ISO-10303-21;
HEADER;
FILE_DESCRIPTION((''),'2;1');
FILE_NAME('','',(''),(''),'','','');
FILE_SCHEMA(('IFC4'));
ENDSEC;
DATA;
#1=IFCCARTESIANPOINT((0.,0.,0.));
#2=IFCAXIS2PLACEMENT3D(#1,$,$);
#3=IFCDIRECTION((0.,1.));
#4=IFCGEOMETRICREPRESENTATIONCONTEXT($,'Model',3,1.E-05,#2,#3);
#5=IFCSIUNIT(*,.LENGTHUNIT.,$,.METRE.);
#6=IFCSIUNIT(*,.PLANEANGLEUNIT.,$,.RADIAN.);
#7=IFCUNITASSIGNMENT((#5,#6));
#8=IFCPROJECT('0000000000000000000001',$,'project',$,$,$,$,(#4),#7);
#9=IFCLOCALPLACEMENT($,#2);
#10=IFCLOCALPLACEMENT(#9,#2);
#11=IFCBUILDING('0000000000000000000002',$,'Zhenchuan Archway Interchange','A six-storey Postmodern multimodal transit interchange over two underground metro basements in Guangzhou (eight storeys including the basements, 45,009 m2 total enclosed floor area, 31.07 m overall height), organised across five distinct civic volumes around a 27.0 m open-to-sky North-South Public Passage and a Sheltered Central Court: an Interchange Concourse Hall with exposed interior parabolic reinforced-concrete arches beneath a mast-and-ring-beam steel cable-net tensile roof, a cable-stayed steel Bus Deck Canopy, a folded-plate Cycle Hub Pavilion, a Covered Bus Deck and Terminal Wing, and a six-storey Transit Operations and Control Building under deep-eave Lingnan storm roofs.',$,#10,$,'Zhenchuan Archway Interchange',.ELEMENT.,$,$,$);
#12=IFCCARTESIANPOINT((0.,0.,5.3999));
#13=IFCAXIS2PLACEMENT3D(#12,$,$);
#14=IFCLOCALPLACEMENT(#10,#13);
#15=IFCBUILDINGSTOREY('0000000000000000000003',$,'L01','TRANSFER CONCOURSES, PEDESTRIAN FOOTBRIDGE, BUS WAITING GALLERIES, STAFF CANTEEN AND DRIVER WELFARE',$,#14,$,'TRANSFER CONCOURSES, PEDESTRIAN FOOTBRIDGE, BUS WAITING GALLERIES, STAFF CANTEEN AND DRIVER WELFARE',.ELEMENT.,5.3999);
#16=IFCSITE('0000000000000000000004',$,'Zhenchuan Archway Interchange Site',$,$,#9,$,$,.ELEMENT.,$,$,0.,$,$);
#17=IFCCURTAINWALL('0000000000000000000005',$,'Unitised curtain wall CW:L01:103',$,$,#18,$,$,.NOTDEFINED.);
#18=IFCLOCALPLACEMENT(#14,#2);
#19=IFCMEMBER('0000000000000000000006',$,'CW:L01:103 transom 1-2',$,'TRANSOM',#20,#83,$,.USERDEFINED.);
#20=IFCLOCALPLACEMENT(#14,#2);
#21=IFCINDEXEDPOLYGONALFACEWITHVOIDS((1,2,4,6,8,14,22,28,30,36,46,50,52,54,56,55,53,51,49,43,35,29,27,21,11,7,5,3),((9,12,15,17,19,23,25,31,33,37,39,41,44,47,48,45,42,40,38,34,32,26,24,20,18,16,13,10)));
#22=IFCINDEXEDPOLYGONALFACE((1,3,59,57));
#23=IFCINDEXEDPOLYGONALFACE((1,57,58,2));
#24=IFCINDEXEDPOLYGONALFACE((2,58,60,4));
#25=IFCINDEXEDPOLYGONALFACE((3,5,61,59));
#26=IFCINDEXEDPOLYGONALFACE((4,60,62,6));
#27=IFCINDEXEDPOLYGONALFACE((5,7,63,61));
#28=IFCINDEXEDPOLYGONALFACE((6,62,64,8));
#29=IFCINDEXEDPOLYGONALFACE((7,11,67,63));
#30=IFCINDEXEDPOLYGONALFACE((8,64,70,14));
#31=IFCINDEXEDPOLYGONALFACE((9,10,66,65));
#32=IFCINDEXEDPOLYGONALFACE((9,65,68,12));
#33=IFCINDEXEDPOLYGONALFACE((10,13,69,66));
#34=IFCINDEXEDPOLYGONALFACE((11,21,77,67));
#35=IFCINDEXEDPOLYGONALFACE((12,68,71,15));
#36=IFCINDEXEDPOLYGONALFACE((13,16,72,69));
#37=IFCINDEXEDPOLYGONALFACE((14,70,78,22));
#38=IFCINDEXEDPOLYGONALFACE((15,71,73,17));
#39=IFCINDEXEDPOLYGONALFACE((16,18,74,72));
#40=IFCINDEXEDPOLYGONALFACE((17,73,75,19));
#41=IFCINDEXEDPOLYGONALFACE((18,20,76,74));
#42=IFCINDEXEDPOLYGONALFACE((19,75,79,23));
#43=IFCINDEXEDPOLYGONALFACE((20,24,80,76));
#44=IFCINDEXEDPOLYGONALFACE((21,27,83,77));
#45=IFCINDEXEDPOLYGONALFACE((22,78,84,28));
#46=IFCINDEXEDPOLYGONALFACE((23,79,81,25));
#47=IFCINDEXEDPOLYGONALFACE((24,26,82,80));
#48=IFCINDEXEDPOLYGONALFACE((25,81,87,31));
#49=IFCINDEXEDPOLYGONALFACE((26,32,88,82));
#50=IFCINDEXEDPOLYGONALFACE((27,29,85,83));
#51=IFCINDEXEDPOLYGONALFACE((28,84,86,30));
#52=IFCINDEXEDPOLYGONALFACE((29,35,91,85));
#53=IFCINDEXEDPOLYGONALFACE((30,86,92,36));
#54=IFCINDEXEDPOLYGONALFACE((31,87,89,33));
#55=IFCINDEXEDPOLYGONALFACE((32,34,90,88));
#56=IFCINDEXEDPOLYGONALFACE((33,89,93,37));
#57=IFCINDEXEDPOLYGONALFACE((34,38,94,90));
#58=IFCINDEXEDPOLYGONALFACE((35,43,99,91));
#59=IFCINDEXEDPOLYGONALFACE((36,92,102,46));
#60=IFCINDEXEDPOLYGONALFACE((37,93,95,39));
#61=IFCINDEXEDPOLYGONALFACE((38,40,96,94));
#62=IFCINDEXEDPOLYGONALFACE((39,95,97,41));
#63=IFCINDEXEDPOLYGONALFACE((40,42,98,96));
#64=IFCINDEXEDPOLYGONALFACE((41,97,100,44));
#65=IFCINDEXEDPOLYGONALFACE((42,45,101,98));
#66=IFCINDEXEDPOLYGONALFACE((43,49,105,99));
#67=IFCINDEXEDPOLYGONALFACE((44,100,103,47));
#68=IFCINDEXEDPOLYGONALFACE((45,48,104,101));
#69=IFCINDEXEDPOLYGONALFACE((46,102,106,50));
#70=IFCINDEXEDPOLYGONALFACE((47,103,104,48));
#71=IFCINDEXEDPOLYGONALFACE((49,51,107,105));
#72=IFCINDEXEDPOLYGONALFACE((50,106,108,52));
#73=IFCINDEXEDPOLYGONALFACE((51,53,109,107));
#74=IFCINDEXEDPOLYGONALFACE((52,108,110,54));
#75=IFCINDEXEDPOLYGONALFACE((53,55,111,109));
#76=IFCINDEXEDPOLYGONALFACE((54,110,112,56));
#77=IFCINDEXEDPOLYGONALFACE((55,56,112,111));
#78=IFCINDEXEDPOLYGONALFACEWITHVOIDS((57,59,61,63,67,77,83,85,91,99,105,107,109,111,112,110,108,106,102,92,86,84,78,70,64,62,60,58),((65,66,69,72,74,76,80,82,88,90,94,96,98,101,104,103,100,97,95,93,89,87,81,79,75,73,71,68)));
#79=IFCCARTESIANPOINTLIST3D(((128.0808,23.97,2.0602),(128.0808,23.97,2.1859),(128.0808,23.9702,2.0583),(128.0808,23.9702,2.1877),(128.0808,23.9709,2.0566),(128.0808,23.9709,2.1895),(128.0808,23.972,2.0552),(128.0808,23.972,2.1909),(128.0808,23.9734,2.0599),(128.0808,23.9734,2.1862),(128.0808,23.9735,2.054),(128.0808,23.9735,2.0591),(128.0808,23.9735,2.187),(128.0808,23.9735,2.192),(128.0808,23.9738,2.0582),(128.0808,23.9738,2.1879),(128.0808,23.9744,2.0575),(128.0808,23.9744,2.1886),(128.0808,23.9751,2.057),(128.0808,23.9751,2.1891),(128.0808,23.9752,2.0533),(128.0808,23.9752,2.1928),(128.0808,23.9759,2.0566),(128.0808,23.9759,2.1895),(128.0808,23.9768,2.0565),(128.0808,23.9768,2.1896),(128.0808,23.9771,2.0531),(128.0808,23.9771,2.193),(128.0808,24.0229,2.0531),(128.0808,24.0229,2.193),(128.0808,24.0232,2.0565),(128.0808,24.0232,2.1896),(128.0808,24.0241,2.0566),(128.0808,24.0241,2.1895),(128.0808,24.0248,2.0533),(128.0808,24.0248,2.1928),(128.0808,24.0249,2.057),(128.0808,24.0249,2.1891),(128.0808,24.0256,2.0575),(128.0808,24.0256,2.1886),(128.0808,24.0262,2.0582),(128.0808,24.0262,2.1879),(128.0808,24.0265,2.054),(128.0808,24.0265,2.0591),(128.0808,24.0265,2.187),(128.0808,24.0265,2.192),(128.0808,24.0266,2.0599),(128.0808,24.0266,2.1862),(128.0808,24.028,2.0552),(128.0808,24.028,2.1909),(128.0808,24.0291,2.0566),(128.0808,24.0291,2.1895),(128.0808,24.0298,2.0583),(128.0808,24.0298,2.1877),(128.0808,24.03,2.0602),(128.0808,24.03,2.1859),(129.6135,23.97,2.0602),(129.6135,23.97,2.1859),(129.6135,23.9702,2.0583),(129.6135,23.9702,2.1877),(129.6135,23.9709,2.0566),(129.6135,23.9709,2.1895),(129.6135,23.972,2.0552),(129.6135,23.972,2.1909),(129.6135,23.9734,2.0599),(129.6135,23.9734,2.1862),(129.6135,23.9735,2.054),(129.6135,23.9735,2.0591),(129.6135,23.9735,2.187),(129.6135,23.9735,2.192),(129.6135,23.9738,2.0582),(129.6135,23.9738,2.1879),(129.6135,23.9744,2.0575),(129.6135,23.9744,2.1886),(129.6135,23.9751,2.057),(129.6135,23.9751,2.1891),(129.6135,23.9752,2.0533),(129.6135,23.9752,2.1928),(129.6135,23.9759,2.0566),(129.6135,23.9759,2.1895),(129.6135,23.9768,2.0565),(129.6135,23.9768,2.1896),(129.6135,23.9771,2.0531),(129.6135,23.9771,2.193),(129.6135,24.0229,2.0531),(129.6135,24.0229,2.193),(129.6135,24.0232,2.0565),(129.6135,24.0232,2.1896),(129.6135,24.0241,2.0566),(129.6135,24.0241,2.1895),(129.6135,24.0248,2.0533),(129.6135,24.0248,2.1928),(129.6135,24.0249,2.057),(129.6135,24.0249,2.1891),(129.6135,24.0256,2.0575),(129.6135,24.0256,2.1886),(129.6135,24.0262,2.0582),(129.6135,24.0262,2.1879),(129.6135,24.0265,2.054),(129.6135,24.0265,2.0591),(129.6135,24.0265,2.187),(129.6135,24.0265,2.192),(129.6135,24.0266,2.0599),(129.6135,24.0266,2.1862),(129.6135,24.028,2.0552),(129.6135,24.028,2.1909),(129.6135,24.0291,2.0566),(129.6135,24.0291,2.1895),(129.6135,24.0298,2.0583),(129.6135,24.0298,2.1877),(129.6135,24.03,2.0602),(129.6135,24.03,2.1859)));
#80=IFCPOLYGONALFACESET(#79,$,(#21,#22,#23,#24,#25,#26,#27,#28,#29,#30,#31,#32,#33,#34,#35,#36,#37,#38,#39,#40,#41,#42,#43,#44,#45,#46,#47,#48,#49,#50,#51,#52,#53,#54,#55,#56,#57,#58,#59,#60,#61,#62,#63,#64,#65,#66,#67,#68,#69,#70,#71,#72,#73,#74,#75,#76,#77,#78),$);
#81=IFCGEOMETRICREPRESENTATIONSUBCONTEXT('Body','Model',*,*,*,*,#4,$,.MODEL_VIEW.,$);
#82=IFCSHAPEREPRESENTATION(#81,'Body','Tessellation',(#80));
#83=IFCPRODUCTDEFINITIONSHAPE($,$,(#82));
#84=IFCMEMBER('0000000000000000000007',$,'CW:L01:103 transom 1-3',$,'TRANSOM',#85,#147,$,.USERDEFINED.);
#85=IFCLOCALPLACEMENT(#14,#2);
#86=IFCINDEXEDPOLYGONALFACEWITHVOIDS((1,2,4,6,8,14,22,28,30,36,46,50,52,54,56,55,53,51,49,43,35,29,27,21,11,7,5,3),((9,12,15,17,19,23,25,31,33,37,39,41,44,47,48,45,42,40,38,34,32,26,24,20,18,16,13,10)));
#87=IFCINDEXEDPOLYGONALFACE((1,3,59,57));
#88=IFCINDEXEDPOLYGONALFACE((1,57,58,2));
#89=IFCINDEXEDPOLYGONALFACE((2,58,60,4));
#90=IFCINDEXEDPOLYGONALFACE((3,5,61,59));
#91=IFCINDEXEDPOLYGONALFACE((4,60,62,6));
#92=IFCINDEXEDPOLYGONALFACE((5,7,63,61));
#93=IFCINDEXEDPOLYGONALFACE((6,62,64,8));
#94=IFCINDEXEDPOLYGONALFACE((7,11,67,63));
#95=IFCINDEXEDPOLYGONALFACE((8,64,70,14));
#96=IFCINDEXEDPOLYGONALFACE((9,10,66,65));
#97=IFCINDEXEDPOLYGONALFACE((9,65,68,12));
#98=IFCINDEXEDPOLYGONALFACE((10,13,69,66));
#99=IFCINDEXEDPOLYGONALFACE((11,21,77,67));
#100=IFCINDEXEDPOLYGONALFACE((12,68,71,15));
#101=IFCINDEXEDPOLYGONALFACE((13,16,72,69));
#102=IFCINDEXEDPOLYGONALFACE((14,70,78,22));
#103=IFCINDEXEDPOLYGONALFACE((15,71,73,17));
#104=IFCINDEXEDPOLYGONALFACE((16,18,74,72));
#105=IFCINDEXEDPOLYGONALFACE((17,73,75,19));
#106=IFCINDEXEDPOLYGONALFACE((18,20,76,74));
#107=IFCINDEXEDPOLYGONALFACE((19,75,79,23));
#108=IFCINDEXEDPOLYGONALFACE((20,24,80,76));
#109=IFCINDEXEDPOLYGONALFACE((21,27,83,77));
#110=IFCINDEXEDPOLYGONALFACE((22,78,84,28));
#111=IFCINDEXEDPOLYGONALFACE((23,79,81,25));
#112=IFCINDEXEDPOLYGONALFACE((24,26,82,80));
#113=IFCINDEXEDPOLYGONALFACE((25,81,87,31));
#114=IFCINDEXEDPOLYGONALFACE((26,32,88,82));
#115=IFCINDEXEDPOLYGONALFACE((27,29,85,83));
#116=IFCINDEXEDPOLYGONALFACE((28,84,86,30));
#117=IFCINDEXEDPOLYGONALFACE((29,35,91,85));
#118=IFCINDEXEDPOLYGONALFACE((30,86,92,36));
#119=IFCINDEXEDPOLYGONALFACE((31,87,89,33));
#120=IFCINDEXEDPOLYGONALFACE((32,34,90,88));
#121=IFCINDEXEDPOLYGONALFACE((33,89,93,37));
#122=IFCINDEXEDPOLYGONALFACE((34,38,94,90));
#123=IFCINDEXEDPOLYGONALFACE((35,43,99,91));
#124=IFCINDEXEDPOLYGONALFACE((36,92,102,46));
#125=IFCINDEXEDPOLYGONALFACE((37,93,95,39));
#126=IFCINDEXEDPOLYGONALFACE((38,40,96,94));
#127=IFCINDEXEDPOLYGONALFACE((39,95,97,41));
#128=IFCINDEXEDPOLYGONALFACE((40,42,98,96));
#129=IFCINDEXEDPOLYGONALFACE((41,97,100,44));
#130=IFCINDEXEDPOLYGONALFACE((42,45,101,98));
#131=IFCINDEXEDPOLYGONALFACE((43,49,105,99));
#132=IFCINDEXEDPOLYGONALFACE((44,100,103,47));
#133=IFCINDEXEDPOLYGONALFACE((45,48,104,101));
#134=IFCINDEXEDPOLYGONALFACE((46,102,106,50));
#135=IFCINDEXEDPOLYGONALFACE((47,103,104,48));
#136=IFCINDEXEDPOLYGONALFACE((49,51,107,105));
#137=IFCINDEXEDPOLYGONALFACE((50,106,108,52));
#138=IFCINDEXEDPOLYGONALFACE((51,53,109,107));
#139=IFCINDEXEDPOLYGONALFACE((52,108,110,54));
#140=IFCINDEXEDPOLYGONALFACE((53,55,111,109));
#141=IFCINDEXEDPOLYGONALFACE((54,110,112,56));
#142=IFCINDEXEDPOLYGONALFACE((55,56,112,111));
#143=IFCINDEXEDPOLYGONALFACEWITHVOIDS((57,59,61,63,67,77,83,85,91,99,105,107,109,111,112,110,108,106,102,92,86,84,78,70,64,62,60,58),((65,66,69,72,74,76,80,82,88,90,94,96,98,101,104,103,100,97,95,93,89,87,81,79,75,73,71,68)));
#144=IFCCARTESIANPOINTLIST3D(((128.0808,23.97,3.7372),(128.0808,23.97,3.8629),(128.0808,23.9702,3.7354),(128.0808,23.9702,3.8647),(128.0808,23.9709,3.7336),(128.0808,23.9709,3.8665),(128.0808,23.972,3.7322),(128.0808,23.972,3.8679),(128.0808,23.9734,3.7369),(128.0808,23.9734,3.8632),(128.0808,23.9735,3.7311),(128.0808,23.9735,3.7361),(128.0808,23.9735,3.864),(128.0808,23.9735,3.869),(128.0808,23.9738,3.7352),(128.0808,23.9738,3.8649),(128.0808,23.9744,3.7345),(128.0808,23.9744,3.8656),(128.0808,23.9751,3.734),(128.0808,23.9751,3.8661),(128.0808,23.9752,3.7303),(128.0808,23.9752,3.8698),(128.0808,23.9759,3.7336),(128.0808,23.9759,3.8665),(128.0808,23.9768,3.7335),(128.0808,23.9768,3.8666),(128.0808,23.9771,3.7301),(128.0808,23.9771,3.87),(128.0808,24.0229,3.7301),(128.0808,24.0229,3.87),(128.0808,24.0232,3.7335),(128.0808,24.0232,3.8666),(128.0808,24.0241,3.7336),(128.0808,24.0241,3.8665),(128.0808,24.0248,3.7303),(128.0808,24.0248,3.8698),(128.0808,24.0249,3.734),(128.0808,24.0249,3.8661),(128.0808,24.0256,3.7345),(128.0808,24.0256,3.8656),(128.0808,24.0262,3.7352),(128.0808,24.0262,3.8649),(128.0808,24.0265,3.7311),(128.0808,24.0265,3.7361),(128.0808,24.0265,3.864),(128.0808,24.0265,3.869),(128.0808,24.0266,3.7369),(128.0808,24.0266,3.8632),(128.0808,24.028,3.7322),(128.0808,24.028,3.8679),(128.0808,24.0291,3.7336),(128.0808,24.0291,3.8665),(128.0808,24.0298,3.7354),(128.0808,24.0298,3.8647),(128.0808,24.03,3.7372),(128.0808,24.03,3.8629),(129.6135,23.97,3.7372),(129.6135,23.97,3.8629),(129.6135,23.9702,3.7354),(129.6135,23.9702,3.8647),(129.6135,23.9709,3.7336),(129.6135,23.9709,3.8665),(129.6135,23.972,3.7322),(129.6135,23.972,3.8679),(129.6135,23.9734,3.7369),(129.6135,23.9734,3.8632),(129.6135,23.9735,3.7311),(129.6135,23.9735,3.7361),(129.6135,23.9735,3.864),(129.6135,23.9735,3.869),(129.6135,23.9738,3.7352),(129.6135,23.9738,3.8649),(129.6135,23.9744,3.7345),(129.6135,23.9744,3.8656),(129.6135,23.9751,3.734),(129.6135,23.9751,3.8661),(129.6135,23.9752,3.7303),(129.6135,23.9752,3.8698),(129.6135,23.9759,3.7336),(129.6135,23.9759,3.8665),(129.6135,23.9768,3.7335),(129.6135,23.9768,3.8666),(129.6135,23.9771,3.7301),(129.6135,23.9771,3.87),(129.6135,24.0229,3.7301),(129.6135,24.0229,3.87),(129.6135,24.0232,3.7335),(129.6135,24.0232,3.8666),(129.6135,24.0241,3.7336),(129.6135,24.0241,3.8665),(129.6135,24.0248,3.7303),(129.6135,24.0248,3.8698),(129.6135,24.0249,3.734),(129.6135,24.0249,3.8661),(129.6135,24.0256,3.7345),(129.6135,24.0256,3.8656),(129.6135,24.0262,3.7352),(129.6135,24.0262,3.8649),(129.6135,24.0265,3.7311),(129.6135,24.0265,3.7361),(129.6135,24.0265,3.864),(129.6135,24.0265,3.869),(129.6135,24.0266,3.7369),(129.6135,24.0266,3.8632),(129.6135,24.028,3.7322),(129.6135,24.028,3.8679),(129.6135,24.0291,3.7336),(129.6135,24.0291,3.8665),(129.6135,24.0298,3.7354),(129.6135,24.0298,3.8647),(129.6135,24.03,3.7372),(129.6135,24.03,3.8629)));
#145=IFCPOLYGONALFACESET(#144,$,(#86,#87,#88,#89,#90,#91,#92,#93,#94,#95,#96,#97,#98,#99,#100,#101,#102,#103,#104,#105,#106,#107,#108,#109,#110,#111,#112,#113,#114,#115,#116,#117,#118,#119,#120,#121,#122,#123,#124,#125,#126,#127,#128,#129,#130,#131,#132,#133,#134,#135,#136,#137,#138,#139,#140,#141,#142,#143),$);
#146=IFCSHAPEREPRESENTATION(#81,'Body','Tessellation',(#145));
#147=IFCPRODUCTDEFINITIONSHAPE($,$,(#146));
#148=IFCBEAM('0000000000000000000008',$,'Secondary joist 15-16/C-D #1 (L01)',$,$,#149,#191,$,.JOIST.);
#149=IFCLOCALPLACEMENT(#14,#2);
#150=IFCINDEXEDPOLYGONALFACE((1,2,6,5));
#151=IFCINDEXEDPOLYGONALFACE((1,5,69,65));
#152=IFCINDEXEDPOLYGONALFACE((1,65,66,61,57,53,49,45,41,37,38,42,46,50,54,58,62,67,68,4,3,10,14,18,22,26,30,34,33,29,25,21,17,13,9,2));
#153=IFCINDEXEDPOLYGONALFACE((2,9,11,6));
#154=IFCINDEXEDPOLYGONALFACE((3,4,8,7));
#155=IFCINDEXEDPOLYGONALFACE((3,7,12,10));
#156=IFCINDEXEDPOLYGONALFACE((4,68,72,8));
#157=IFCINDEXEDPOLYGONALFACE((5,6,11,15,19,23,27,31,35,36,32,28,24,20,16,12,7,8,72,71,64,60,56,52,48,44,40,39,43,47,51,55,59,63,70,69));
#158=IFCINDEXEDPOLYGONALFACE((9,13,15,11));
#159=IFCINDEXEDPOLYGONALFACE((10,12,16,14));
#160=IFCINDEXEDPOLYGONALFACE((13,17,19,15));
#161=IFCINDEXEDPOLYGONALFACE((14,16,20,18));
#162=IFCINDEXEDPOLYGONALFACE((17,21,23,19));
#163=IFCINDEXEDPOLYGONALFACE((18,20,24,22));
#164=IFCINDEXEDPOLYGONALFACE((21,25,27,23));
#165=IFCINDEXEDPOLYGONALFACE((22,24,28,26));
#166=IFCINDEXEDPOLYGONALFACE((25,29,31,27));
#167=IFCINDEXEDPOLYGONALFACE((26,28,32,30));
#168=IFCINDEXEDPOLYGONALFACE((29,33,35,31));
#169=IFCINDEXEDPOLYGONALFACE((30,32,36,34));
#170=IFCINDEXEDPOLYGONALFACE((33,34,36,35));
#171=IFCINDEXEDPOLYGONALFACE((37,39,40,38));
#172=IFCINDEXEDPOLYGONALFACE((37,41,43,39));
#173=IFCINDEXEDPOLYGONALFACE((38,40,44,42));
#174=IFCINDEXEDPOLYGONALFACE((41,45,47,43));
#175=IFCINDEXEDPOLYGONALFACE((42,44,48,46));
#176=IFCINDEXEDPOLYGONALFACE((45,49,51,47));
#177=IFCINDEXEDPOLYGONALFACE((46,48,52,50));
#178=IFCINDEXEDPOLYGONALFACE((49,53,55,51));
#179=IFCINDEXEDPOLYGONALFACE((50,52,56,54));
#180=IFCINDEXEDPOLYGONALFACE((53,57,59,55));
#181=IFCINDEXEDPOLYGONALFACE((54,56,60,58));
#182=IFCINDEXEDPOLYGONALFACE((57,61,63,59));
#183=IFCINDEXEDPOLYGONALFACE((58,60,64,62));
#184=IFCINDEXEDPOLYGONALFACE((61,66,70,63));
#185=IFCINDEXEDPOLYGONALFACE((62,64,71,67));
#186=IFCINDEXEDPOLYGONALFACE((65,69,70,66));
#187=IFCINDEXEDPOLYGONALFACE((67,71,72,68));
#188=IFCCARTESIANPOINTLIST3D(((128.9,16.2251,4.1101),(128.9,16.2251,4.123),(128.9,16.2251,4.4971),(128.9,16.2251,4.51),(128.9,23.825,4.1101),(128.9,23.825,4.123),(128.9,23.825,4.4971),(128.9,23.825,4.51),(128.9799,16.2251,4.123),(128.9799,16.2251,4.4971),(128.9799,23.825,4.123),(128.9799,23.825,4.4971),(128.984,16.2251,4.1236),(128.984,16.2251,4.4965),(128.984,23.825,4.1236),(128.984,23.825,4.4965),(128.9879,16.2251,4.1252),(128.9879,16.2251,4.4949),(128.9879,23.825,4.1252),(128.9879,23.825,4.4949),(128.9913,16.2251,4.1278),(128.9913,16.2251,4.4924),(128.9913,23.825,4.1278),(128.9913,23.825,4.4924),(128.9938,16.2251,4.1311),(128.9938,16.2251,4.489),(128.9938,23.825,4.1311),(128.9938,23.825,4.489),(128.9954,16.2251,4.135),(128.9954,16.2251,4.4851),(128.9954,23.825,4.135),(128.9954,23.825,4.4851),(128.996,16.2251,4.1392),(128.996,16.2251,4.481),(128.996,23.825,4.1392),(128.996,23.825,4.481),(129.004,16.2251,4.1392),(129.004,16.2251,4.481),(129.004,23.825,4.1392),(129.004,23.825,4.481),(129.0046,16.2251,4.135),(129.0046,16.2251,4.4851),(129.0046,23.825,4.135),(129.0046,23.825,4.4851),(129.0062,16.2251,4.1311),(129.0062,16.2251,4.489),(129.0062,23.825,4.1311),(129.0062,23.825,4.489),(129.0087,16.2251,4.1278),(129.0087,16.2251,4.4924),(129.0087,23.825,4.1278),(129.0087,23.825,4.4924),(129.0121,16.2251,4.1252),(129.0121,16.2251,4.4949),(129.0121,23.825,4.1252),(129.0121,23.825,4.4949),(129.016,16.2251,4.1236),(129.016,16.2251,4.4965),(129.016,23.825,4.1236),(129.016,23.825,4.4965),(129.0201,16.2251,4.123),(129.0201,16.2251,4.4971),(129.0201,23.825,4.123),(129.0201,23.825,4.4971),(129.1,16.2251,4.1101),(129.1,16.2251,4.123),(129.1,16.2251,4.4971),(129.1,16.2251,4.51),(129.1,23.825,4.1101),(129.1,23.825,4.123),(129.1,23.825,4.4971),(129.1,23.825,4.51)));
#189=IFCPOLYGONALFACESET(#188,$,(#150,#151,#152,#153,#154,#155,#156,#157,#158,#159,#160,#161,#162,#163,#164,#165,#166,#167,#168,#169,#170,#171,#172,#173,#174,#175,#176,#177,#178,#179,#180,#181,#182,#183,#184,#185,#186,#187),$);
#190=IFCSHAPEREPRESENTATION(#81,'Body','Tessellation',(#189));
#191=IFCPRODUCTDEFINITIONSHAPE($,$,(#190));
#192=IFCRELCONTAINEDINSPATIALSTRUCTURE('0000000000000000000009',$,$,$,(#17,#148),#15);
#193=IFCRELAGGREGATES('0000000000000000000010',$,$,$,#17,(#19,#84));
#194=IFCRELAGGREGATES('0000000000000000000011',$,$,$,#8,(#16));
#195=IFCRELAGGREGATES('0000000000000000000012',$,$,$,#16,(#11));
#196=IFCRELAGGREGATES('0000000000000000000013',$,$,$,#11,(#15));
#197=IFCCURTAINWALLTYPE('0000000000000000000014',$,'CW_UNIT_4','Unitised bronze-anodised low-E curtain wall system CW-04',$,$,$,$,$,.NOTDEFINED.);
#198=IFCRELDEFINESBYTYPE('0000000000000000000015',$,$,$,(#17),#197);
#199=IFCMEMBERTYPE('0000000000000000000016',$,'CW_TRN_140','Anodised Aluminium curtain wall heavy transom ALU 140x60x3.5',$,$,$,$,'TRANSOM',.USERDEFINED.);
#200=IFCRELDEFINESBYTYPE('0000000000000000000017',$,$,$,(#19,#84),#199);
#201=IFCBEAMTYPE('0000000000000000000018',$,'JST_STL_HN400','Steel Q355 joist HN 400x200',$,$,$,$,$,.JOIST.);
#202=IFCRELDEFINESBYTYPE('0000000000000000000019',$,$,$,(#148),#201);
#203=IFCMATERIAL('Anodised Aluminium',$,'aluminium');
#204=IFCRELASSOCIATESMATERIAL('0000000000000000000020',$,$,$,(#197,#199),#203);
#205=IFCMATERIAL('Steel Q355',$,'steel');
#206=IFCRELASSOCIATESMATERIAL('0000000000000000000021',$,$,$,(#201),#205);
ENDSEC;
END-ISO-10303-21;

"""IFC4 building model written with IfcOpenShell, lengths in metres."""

from ifc_helpers import new_model, si_unit, direction, frame, origin, origin_2d, place, context, subcontext, project, spatial, hollow_rectangle, i_section, extrude, material, material_profile, profile_set, type_object, element, aggregate, save


model = new_model("IFC4")

# Units and contexts
model_context = context("Model", 3, precision=1e-05, world=origin(), true_north=direction((0.0, 1.0)))
body_context = subcontext(model_context, "Body", "Model", "MODEL_VIEW")
ifc_project = project(units=[si_unit("LENGTHUNIT", "METRE"), si_unit("PLANEANGLEUNIT", "RADIAN")], contexts=[model_context])

# Site, building, storey
site_placement = place(None, origin())
site = spatial("IfcSite", under=ifc_project, at=site_placement, Name="Zhenchuan Archway Interchange Site", CompositionType="ELEMENT", RefElevation=0.0)
building_placement = place(site_placement, origin())
building = spatial("IfcBuilding", under=site, at=building_placement, Name="Zhenchuan Archway Interchange", Description="A six-storey Postmodern multimodal transit interchange over two underground metro basements in Guangzhou (eight storeys including the basements, 45,009 m2 total enclosed floor area, 31.07 m overall height), organised across five distinct civic volumes around a 27.0 m open-to-sky North-South Public Passage and a Sheltered Central Court: an Interchange Concourse Hall with exposed interior parabolic reinforced-concrete arches beneath a mast-and-ring-beam steel cable-net tensile roof, a cable-stayed steel Bus Deck Canopy, a folded-plate Cycle Hub Pavilion, a Covered Bus Deck and Terminal Wing, and a six-storey Transit Operations and Control Building under deep-eave Lingnan storm roofs.", LongName="Zhenchuan Archway Interchange", CompositionType="ELEMENT")
storey_placement = place(building_placement, frame((0.0, 0.0, 5.3999)))
storey = spatial("IfcBuildingStorey", under=building, at=storey_placement, Name="L01", Description="TRANSFER CONCOURSES, PEDESTRIAN FOOTBRIDGE, BUS WAITING GALLERIES, STAFF CANTEEN AND DRIVER WELFARE", LongName="TRANSFER CONCOURSES, PEDESTRIAN FOOTBRIDGE, BUS WAITING GALLERIES, STAFF CANTEEN AND DRIVER WELFARE", CompositionType="ELEMENT", Elevation=5.3999)

# Shared definitions
ifc_material_1 = material(Name="Anodised Aluminium", Category="aluminium")
curtain_wall_type = type_object("IfcCurtainWallType", Name="CW_UNIT_4", Description="Unitised bronze-anodised low-E curtain wall system CW-04", PredefinedType="NOTDEFINED", material=ifc_material_1)

# Curtain wall, members
curtain_wall_1_placement = place(storey_placement, origin())
curtain_wall_1 = element("IfcCurtainWall", 1, at=curtain_wall_1_placement, inside=storey, type_object=curtain_wall_type, Name="Unitised curtain wall CW:L01:103", PredefinedType="NOTDEFINED")
ifc_material_profile_1 = material_profile(ifc_material_1, hollow_rectangle(XDim=0.0601, YDim=0.1399, WallThickness=0.0034, InnerFilletRadius=0.0034, OuterFilletRadius=0.0071, at=origin_2d()), Name="ALU 140x60x3.5")
ifc_profile_set_1 = profile_set([ifc_material_profile_1], Name="Anodised Aluminium")
member_type_1 = type_object("IfcMemberType", Name="CW_TRN_140", Description="Anodised Aluminium curtain wall heavy transom ALU 140x60x3.5", ElementType="TRANSOM", PredefinedType="USERDEFINED", material=ifc_profile_set_1)
member_1_placement = place(storey_placement, frame((128.0808, 24.0, 2.123), z_axis=(1.0, 0.0, 0.0), x_axis=(0.0, 1.0, 0.0)))
member_1 = element("IfcMember", 2, at=member_1_placement, type_object=member_type_1, Name="CW:L01:103 transom 1-2", ObjectType="TRANSOM", PredefinedType="USERDEFINED", context=body_context, shape_type="SweptSolid", body=[
    extrude(hollow_rectangle(XDim=0.0601, YDim=0.1399, WallThickness=0.0034, InnerFilletRadius=0.0034, OuterFilletRadius=0.0071, at=origin_2d()), origin(), (0.0, 0.0, 1.0), 1.5327),
])
member_2_placement = place(storey_placement, frame((128.0808, 24.0, 3.8), z_axis=(1.0, 0.0, 0.0), x_axis=(0.0, 1.0, 0.0)))
member_2 = element("IfcMember", 3, at=member_2_placement, type_object=member_type_1, Name="CW:L01:103 transom 1-3", ObjectType="TRANSOM", PredefinedType="USERDEFINED", context=body_context, shape_type="SweptSolid", body=[
    extrude(hollow_rectangle(XDim=0.0601, YDim=0.1399, WallThickness=0.0034, InnerFilletRadius=0.0034, OuterFilletRadius=0.0071, at=origin_2d()), origin(), (0.0, 0.0, 1.0), 1.5327),
])

# Beam
ifc_material_2 = material(Name="Steel Q355", Category="steel")
ifc_material_profile_2 = material_profile(ifc_material_2, i_section(OverallWidth=0.2, OverallDepth=0.3999, WebThickness=0.0081, FlangeThickness=0.0129, FilletRadius=0.0161, at=origin_2d()), Name="HN 400x200")
ifc_profile_set_2 = profile_set([ifc_material_profile_2], Name="Steel Q355")
beam_type_1 = type_object("IfcBeamType", Name="JST_STL_HN400", Description="Steel Q355 joist HN 400x200", PredefinedType="JOIST", material=ifc_profile_set_2)
for number, where, z_axis, x_axis, name in (
    (4, (129.0, 16.2251, 4.3101), (0.0, 1.0, 0.0), (-1.0, 0.0, 0.0), "Secondary joist 15-16/C-D #1 (L01)"),
):
    element("IfcBeam", number, at=place(storey_placement, frame(where, z_axis=z_axis, x_axis=x_axis)), inside=storey, type_object=beam_type_1, Name=name, PredefinedType="JOIST", context=body_context, shape_type="SweptSolid", body=[
        extrude(i_section(OverallWidth=0.2, OverallDepth=0.3999, WebThickness=0.0081, FlangeThickness=0.0129, FilletRadius=0.0161, at=origin_2d()), origin(), (0.0, 0.0, 1.0), 7.5999),
    ])

aggregate(curtain_wall_1, [member_1, member_2])

save(model, "model.ifc")
